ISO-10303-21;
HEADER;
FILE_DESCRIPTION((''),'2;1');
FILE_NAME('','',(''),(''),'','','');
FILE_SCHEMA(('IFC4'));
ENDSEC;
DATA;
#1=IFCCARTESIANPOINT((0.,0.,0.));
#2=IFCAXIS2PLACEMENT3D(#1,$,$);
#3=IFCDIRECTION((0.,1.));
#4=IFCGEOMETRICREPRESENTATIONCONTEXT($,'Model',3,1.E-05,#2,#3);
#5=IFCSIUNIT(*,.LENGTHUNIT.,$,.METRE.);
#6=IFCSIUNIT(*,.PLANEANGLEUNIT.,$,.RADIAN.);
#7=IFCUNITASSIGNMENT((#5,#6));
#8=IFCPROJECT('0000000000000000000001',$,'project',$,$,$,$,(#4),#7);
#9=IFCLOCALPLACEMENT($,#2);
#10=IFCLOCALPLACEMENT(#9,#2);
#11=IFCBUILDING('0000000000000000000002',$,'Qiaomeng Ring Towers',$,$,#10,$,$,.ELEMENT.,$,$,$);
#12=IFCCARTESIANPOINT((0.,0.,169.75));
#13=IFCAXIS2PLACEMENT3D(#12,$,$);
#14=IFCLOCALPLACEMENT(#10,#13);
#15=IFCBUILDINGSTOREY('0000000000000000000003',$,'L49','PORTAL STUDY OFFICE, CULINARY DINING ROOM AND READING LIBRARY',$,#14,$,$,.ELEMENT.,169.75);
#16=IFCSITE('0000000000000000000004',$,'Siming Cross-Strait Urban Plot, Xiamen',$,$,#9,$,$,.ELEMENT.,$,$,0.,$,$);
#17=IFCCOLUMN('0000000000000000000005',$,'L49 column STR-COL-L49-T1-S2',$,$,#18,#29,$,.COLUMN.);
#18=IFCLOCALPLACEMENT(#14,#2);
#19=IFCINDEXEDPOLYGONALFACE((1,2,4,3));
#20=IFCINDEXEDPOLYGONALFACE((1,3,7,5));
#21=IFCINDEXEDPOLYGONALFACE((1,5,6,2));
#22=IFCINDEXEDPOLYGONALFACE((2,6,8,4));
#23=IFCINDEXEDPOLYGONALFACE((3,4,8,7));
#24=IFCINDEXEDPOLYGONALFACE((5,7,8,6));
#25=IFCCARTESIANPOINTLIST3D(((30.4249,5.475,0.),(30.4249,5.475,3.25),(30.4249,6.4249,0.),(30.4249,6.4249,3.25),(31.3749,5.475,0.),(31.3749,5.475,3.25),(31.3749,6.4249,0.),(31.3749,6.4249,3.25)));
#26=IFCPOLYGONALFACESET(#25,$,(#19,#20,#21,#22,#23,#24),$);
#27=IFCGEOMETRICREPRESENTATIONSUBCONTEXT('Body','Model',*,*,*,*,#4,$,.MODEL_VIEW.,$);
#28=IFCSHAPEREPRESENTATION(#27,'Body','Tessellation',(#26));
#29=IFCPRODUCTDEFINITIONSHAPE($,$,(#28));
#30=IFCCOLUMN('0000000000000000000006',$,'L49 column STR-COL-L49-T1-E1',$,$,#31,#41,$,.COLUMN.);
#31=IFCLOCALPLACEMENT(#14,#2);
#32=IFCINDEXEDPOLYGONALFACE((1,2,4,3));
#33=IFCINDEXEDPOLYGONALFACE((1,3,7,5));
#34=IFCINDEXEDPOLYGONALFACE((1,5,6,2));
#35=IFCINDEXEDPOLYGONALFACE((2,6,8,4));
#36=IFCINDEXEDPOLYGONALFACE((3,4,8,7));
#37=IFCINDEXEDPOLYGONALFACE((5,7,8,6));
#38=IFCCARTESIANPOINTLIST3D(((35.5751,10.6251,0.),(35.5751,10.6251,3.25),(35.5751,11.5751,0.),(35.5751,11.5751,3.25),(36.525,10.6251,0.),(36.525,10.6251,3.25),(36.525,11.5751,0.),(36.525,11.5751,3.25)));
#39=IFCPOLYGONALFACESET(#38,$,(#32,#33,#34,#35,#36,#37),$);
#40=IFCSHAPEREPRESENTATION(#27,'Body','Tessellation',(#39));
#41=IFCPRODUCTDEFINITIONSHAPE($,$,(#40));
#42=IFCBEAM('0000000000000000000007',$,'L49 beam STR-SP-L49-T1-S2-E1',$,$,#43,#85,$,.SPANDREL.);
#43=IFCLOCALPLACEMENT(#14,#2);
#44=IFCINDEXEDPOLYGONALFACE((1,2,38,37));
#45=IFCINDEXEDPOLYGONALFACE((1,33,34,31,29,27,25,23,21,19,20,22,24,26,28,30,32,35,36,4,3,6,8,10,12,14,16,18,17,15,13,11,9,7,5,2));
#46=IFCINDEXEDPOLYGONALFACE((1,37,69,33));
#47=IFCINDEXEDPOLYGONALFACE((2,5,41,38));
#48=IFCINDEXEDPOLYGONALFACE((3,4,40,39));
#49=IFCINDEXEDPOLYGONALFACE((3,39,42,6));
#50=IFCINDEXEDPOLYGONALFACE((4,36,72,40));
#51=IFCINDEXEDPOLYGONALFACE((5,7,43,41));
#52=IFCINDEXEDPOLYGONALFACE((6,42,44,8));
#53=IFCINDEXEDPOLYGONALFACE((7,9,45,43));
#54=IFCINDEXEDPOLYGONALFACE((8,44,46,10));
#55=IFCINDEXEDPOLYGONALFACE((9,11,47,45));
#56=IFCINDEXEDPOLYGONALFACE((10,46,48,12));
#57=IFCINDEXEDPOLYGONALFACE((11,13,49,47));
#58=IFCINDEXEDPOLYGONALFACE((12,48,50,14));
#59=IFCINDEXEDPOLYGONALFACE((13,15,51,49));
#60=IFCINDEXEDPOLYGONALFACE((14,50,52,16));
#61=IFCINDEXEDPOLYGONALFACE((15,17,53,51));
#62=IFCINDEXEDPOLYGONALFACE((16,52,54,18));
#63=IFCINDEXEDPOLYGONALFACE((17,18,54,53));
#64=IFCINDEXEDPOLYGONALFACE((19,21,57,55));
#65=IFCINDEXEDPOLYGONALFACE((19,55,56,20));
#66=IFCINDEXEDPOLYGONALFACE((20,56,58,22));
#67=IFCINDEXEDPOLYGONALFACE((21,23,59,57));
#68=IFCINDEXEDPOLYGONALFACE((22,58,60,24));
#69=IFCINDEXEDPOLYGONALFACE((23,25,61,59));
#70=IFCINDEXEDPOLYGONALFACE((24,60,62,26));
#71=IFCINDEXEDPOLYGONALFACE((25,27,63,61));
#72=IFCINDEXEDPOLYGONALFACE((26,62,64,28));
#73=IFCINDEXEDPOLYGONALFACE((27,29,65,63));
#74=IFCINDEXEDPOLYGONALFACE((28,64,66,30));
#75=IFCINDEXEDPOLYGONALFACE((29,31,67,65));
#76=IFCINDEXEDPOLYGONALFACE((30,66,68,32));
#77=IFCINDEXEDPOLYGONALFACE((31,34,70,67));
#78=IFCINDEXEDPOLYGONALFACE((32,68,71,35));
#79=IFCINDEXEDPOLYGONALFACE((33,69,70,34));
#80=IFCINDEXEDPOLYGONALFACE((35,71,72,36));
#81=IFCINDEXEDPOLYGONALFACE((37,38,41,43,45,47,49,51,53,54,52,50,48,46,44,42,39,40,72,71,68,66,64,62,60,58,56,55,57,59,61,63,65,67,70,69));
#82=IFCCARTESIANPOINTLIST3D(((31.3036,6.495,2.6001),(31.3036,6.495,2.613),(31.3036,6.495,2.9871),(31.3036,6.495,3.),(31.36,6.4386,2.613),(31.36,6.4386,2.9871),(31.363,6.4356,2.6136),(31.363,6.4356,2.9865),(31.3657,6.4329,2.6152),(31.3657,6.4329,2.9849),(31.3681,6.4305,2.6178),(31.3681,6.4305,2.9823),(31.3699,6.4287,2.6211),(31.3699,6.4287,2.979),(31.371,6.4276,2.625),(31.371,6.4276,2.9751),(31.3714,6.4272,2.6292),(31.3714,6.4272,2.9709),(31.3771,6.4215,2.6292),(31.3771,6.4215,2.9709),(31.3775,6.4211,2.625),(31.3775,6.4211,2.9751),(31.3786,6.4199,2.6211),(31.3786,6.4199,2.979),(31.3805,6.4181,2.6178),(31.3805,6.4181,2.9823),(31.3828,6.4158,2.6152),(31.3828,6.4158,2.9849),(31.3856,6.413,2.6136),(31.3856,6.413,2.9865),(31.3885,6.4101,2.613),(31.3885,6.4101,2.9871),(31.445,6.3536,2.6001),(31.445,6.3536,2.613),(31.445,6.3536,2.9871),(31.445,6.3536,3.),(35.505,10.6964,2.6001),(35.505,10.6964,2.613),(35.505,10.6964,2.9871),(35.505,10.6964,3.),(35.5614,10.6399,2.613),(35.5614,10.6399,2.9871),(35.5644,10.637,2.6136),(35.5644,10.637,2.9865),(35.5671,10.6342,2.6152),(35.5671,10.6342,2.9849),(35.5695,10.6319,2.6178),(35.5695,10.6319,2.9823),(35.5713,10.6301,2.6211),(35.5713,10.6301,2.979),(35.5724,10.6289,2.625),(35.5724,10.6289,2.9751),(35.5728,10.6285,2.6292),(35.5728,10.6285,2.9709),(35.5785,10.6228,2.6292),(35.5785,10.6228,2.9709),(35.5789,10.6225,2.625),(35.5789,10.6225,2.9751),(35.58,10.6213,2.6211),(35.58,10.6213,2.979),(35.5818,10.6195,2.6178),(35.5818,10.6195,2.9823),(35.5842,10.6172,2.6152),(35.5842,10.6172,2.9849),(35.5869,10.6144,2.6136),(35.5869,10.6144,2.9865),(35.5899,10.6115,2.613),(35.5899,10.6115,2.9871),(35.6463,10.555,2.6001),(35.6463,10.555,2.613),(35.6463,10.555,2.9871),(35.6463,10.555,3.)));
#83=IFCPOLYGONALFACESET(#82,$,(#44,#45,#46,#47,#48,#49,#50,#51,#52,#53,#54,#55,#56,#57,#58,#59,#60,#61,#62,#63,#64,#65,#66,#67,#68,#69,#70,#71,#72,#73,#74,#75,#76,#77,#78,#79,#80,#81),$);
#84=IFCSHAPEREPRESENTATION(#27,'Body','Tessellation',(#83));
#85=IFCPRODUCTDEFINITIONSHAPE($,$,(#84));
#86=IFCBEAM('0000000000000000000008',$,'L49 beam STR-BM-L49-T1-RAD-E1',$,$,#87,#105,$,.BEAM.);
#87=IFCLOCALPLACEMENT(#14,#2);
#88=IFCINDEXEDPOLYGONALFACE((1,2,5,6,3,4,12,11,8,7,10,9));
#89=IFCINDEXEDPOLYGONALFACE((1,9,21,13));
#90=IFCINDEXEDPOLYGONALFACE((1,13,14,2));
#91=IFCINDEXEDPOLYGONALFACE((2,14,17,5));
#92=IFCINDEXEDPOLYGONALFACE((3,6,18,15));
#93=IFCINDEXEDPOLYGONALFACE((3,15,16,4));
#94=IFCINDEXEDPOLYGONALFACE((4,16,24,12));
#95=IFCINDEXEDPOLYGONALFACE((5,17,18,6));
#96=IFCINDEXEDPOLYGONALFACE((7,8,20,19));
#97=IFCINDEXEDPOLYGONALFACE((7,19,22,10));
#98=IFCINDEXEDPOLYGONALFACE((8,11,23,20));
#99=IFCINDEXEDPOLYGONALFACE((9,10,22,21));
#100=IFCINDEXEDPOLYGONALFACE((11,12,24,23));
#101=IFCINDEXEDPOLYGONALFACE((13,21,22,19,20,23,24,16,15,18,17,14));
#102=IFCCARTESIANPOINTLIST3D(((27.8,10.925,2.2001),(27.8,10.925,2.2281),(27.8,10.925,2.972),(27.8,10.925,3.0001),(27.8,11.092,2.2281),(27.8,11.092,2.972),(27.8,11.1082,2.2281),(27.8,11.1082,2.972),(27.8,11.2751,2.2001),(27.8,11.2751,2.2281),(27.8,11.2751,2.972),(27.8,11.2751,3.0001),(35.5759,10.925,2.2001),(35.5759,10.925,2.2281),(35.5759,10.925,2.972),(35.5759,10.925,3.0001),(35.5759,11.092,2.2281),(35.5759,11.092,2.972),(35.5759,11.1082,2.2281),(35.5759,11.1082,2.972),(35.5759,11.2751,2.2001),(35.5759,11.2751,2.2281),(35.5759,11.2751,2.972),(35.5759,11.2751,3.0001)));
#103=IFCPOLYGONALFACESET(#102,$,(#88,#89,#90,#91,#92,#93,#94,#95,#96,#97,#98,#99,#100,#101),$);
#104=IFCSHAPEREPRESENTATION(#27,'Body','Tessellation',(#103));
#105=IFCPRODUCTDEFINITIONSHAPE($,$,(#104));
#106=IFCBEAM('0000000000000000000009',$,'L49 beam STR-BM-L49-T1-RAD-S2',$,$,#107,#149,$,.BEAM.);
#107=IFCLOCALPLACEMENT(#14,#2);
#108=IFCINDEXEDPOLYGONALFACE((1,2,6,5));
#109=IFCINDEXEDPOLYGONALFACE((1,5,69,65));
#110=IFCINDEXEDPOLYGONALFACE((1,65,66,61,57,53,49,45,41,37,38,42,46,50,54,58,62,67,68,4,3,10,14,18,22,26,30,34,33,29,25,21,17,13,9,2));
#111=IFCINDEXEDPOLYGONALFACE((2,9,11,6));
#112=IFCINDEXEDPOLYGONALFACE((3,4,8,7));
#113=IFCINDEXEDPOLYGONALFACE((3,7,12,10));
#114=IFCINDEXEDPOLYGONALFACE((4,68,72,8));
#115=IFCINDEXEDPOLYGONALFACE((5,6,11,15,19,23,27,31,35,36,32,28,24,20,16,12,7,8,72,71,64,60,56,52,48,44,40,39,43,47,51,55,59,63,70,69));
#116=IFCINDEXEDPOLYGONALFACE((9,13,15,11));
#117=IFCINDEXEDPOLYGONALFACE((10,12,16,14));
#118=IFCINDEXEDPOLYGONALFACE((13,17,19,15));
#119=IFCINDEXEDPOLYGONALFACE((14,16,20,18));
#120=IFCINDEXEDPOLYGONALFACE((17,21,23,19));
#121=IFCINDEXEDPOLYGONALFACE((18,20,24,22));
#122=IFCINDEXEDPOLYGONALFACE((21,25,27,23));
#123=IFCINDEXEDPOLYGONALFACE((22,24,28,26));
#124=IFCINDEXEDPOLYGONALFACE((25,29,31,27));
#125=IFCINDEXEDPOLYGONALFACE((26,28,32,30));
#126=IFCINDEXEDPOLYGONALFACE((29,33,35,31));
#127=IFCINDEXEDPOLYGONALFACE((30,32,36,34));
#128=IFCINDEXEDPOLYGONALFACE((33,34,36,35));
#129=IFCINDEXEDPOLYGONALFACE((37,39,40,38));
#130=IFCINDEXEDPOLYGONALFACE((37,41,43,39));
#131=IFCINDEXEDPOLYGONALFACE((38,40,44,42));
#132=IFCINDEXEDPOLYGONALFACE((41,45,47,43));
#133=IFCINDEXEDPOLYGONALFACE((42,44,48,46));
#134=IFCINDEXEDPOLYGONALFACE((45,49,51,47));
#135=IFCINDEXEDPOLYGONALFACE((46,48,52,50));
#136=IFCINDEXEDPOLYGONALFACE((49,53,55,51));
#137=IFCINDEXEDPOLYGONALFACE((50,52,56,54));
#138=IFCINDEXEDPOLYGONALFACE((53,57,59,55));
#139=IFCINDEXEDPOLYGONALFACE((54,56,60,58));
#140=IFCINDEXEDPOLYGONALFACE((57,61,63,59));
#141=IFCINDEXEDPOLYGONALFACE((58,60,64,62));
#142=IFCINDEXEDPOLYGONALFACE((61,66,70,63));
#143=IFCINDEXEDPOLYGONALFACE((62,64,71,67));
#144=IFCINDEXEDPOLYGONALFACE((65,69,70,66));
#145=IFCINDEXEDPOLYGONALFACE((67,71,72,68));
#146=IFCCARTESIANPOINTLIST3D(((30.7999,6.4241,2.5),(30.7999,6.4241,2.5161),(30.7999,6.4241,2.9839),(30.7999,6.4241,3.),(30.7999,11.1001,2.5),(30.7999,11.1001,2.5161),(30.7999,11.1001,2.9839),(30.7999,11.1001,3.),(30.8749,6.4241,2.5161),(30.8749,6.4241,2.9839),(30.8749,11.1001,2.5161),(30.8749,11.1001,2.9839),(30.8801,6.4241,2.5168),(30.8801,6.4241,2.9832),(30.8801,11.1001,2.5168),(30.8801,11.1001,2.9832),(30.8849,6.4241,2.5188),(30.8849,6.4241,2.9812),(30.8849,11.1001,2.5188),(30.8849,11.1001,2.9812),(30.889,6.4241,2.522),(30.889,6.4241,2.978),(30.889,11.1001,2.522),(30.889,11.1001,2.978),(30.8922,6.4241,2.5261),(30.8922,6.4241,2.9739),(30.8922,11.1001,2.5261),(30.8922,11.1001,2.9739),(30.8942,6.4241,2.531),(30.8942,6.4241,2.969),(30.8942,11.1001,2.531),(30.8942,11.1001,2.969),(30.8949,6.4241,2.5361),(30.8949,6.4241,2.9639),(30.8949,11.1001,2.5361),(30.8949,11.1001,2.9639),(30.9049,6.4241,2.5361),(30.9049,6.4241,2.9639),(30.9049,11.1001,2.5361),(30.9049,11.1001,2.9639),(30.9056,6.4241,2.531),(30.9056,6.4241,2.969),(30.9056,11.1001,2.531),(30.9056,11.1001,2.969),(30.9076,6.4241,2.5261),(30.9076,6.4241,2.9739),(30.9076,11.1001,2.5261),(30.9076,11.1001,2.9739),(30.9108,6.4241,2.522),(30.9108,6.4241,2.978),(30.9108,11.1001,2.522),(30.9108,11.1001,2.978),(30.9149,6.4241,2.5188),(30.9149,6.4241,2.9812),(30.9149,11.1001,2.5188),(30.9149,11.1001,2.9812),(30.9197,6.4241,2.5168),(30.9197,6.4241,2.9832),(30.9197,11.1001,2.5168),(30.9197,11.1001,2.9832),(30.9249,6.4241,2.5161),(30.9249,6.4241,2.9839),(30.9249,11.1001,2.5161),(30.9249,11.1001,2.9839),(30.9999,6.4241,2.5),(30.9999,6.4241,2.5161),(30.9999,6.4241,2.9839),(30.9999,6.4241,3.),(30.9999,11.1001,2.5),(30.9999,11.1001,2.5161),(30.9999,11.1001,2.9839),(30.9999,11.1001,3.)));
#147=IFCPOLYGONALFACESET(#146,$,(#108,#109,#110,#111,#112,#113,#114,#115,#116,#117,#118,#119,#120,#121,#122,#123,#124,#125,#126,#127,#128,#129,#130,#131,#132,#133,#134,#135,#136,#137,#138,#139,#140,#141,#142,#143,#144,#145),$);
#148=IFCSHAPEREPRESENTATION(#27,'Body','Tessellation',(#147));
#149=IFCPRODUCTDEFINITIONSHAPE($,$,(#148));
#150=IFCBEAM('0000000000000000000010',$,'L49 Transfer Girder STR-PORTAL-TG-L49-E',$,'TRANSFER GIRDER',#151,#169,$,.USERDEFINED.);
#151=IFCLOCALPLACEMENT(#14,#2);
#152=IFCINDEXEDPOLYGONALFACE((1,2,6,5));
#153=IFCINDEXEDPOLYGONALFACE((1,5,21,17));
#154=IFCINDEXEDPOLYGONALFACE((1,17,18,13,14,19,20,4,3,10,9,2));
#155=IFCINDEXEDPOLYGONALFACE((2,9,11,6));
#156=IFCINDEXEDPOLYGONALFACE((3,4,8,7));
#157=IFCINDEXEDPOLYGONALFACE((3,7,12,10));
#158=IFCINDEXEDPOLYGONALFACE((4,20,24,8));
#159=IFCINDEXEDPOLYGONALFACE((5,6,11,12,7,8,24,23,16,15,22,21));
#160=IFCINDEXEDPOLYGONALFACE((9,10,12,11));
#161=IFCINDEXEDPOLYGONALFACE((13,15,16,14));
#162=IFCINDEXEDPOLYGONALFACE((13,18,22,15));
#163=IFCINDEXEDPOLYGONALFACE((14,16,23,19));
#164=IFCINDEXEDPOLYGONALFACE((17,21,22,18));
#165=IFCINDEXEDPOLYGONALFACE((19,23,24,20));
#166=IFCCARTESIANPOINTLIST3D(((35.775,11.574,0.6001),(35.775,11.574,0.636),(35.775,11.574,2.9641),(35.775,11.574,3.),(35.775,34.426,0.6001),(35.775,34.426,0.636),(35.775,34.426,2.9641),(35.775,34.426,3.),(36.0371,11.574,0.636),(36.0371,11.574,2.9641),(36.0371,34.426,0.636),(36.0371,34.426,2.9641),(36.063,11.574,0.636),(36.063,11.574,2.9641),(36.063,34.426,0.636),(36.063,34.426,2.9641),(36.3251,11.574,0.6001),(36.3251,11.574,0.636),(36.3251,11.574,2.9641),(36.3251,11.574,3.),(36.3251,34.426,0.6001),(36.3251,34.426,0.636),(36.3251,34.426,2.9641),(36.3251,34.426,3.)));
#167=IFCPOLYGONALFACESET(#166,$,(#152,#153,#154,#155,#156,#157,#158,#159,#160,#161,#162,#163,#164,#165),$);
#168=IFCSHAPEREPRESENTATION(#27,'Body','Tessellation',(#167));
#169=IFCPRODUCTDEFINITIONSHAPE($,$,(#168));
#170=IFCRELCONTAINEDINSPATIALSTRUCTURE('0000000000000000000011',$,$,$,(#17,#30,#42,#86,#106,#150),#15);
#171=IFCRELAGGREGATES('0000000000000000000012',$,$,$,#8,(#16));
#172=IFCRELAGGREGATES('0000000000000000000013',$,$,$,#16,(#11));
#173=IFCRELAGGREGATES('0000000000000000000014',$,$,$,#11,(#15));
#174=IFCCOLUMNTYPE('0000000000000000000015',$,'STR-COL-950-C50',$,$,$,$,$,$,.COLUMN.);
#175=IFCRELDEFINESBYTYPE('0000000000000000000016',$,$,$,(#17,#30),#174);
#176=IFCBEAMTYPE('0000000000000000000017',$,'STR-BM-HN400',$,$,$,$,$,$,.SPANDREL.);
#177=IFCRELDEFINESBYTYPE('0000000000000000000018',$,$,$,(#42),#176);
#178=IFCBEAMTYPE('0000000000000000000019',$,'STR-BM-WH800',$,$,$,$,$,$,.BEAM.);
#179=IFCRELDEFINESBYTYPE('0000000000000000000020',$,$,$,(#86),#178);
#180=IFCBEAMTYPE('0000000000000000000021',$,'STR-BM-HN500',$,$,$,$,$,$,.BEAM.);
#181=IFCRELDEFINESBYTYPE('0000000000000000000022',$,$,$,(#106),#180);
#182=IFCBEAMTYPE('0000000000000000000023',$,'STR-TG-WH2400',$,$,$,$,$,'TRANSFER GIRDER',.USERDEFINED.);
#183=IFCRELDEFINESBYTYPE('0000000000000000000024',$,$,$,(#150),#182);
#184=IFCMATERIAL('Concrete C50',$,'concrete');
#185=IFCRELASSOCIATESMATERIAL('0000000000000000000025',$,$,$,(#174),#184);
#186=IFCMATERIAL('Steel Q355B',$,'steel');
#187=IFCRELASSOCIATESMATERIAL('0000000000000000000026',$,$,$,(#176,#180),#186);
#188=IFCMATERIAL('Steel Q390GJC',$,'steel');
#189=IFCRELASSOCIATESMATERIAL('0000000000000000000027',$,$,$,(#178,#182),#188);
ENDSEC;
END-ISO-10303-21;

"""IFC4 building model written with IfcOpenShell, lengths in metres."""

from ifc_helpers import new_model, si_unit, direction, frame, origin, origin_2d, place, context, subcontext, project, spatial, rectangle, i_section, extrude, source, transform, mapped, material, material_profile, profile_set, type_object, element, save


model = new_model("IFC4")

# Units and contexts
model_context = context("Model", 3, precision=1e-05, world=origin(), true_north=direction((0.0, 1.0)))
body_context = subcontext(model_context, "Body", "Model", "MODEL_VIEW")
ifc_project = project(units=[si_unit("LENGTHUNIT", "METRE"), si_unit("PLANEANGLEUNIT", "RADIAN")], contexts=[model_context])

# Site, building, storey
site_placement = place(None, origin())
site = spatial("IfcSite", under=ifc_project, at=site_placement, Name="Siming Cross-Strait Urban Plot, Xiamen", CompositionType="ELEMENT", RefElevation=0.0)
building_placement = place(site_placement, origin())
building = spatial("IfcBuilding", under=site, at=building_placement, Name="Qiaomeng Ring Towers", CompositionType="ELEMENT")
storey_placement = place(building_placement, frame((0.0, 0.0, 169.75)))
storey = spatial("IfcBuildingStorey", under=building, at=storey_placement, Name="L49", Description="PORTAL STUDY OFFICE, CULINARY DINING ROOM AND READING LIBRARY", CompositionType="ELEMENT", Elevation=169.75)

# Columns
ifc_material_1 = material(Name="Concrete C50", Category="concrete")
ifc_material_profile_1 = material_profile(ifc_material_1, rectangle(XDim=0.95, YDim=0.95, at=origin_2d()), Name="RC COL 950x950")
ifc_profile_set_1 = profile_set([ifc_material_profile_1], Name="Concrete C50")
column_type = type_object("IfcColumnType", Name="STR-COL-950-C50", PredefinedType="COLUMN", material=ifc_profile_set_1)
shared_shape_1 = source(origin(), body_context, "Body", "SweptSolid", [
    extrude(rectangle(XDim=0.95, YDim=0.95, at=origin_2d()), origin(), (0.0, 0.0, 1.0), 3.25),
])
for number, where, z_axis, x_axis, name in (
    (1, (30.8999, 5.95, 0.0), (0.0, 0.0, 1.0), (1.0, 0.0, 0.0), "L49 column STR-COL-L49-T1-S2"),
    (2, (36.05, 11.1001, 0.0), (0.0, 0.0, 1.0), (1.0, 0.0, 0.0), "L49 column STR-COL-L49-T1-E1"),
):
    element("IfcColumn", number, at=place(storey_placement, frame(where, z_axis=z_axis, x_axis=x_axis)), inside=storey, type_object=column_type, Name=name, PredefinedType="COLUMN", context=body_context, shape_type="MappedRepresentation", body=[
        mapped(shared_shape_1, transform((0.0, 0.0, 0.0), x_axis=(1.0, 0.0, 0.0), y_axis=(0.0, 1.0, 0.0), z_axis=(0.0, 0.0, 1.0), scale=1.0)),
    ])

# Beams
ifc_material_2 = material(Name="Steel Q355B", Category="steel")
ifc_material_profile_2 = material_profile(ifc_material_2, i_section(OverallWidth=0.2, OverallDepth=0.3999, WebThickness=0.0081, FlangeThickness=0.0129, FilletRadius=0.0161, at=origin_2d()), Name="HN 400x200x8x13")
ifc_profile_set_2 = profile_set([ifc_material_profile_2], Name="Steel Q355B")
beam_type_1 = type_object("IfcBeamType", Name="STR-BM-HN400", PredefinedType="SPANDREL", material=ifc_profile_set_2)
shared_shape_2 = source(origin(), body_context, "Body", "SweptSolid", [
    extrude(i_section(OverallWidth=0.2, OverallDepth=0.3999, WebThickness=0.0081, FlangeThickness=0.0129, FilletRadius=0.0161, at=origin_2d()), origin(), (0.0, 0.0, 1.0), 5.9417),
])
beam_1_placement = place(storey_placement, frame((31.3743, 6.4243, 2.8), z_axis=(0.707107, 0.707107, 0.0), x_axis=(-0.707107, 0.707107, 0.0)))
element("IfcBeam", 3, at=beam_1_placement, inside=storey, type_object=beam_type_1, Name="L49 beam STR-SP-L49-T1-S2-E1", PredefinedType="SPANDREL", context=body_context, shape_type="MappedRepresentation", body=[
    mapped(shared_shape_2, transform((0.0, 0.0, 0.0), x_axis=(1.0, 0.0, 0.0), y_axis=(0.0, 1.0, 0.0), z_axis=(0.0, 0.0, 1.0), scale=1.0)),
])
ifc_material_3 = material(Name="Steel Q390GJC", Category="steel")
ifc_material_profile_3 = material_profile(ifc_material_3, i_section(OverallWidth=0.3501, OverallDepth=0.8, WebThickness=0.0161, FlangeThickness=0.0281, at=origin_2d()), Name="WH 800x350x16x28")
ifc_profile_set_3 = profile_set([ifc_material_profile_3], Name="Steel Q390GJC")
beam_type_2 = type_object("IfcBeamType", Name="STR-BM-WH800", PredefinedType="BEAM", material=ifc_profile_set_3)
shared_shape_3 = source(origin(), body_context, "Body", "SweptSolid", [
    extrude(i_section(OverallWidth=0.3501, OverallDepth=0.8, WebThickness=0.0161, FlangeThickness=0.0281, at=origin_2d()), origin(), (0.0, 0.0, 1.0), 7.7759),
])
beam_2_placement = place(storey_placement, frame((27.8, 11.1001, 2.6001), z_axis=(1.0, 0.0, 0.0), x_axis=(0.0, 1.0, 0.0)))
element("IfcBeam", 4, at=beam_2_placement, inside=storey, type_object=beam_type_2, Name="L49 beam STR-BM-L49-T1-RAD-E1", PredefinedType="BEAM", context=body_context, shape_type="MappedRepresentation", body=[
    mapped(shared_shape_3, transform((0.0, 0.0, 0.0), x_axis=(1.0, 0.0, 0.0), y_axis=(0.0, 1.0, 0.0), z_axis=(0.0, 0.0, 1.0), scale=1.0)),
])
ifc_material_profile_4 = material_profile(ifc_material_2, i_section(OverallWidth=0.2, OverallDepth=0.5, WebThickness=0.01, FlangeThickness=0.0161, FilletRadius=0.02, at=origin_2d()), Name="HN 500x200x10x16")
ifc_profile_set_4 = profile_set([ifc_material_profile_4], Name="Steel Q355B")
beam_type_3 = type_object("IfcBeamType", Name="STR-BM-HN500", PredefinedType="BEAM", material=ifc_profile_set_4)
shared_shape_4 = source(origin(), body_context, "Body", "SweptSolid", [
    extrude(i_section(OverallWidth=0.2, OverallDepth=0.5, WebThickness=0.01, FlangeThickness=0.0161, FilletRadius=0.02, at=origin_2d()), origin(), (0.0, 0.0, 1.0), 4.676),
])
beam_3_placement = place(storey_placement, frame((30.8999, 6.4241, 2.75), z_axis=(0.0, 1.0, 0.0), x_axis=(-1.0, 0.0, 0.0)))
element("IfcBeam", 5, at=beam_3_placement, inside=storey, type_object=beam_type_3, Name="L49 beam STR-BM-L49-T1-RAD-S2", PredefinedType="BEAM", context=body_context, shape_type="MappedRepresentation", body=[
    mapped(shared_shape_4, transform((0.0, 0.0, 0.0), x_axis=(1.0, 0.0, 0.0), y_axis=(0.0, 1.0, 0.0), z_axis=(0.0, 0.0, 1.0), scale=1.0)),
])
ifc_material_profile_5 = material_profile(ifc_material_3, i_section(OverallWidth=0.55, OverallDepth=2.3999, WebThickness=0.0259, FlangeThickness=0.0359, at=origin_2d()), Name="WH 2400x550x26x36")
ifc_profile_set_5 = profile_set([ifc_material_profile_5], Name="Steel Q390GJC")
beam_type_4 = type_object("IfcBeamType", Name="STR-TG-WH2400", ElementType="TRANSFER GIRDER", PredefinedType="USERDEFINED", material=ifc_profile_set_5)
shared_shape_5 = source(origin(), body_context, "Body", "SweptSolid", [
    extrude(i_section(OverallWidth=0.55, OverallDepth=2.3999, WebThickness=0.0259, FlangeThickness=0.0359, at=origin_2d()), origin(), (0.0, 0.0, 1.0), 22.8521),
])
beam_4_placement = place(storey_placement, frame((36.05, 11.574, 1.8), z_axis=(0.0, 1.0, 0.0), x_axis=(-1.0, 0.0, 0.0)))
element("IfcBeam", 6, at=beam_4_placement, inside=storey, type_object=beam_type_4, Name="L49 Transfer Girder STR-PORTAL-TG-L49-E", ObjectType="TRANSFER GIRDER", PredefinedType="USERDEFINED", context=body_context, shape_type="MappedRepresentation", body=[
    mapped(shared_shape_5, transform((0.0, 0.0, 0.0), x_axis=(1.0, 0.0, 0.0), y_axis=(0.0, 1.0, 0.0), z_axis=(0.0, 0.0, 1.0), scale=1.0)),
])

save(model, "model.ifc")
